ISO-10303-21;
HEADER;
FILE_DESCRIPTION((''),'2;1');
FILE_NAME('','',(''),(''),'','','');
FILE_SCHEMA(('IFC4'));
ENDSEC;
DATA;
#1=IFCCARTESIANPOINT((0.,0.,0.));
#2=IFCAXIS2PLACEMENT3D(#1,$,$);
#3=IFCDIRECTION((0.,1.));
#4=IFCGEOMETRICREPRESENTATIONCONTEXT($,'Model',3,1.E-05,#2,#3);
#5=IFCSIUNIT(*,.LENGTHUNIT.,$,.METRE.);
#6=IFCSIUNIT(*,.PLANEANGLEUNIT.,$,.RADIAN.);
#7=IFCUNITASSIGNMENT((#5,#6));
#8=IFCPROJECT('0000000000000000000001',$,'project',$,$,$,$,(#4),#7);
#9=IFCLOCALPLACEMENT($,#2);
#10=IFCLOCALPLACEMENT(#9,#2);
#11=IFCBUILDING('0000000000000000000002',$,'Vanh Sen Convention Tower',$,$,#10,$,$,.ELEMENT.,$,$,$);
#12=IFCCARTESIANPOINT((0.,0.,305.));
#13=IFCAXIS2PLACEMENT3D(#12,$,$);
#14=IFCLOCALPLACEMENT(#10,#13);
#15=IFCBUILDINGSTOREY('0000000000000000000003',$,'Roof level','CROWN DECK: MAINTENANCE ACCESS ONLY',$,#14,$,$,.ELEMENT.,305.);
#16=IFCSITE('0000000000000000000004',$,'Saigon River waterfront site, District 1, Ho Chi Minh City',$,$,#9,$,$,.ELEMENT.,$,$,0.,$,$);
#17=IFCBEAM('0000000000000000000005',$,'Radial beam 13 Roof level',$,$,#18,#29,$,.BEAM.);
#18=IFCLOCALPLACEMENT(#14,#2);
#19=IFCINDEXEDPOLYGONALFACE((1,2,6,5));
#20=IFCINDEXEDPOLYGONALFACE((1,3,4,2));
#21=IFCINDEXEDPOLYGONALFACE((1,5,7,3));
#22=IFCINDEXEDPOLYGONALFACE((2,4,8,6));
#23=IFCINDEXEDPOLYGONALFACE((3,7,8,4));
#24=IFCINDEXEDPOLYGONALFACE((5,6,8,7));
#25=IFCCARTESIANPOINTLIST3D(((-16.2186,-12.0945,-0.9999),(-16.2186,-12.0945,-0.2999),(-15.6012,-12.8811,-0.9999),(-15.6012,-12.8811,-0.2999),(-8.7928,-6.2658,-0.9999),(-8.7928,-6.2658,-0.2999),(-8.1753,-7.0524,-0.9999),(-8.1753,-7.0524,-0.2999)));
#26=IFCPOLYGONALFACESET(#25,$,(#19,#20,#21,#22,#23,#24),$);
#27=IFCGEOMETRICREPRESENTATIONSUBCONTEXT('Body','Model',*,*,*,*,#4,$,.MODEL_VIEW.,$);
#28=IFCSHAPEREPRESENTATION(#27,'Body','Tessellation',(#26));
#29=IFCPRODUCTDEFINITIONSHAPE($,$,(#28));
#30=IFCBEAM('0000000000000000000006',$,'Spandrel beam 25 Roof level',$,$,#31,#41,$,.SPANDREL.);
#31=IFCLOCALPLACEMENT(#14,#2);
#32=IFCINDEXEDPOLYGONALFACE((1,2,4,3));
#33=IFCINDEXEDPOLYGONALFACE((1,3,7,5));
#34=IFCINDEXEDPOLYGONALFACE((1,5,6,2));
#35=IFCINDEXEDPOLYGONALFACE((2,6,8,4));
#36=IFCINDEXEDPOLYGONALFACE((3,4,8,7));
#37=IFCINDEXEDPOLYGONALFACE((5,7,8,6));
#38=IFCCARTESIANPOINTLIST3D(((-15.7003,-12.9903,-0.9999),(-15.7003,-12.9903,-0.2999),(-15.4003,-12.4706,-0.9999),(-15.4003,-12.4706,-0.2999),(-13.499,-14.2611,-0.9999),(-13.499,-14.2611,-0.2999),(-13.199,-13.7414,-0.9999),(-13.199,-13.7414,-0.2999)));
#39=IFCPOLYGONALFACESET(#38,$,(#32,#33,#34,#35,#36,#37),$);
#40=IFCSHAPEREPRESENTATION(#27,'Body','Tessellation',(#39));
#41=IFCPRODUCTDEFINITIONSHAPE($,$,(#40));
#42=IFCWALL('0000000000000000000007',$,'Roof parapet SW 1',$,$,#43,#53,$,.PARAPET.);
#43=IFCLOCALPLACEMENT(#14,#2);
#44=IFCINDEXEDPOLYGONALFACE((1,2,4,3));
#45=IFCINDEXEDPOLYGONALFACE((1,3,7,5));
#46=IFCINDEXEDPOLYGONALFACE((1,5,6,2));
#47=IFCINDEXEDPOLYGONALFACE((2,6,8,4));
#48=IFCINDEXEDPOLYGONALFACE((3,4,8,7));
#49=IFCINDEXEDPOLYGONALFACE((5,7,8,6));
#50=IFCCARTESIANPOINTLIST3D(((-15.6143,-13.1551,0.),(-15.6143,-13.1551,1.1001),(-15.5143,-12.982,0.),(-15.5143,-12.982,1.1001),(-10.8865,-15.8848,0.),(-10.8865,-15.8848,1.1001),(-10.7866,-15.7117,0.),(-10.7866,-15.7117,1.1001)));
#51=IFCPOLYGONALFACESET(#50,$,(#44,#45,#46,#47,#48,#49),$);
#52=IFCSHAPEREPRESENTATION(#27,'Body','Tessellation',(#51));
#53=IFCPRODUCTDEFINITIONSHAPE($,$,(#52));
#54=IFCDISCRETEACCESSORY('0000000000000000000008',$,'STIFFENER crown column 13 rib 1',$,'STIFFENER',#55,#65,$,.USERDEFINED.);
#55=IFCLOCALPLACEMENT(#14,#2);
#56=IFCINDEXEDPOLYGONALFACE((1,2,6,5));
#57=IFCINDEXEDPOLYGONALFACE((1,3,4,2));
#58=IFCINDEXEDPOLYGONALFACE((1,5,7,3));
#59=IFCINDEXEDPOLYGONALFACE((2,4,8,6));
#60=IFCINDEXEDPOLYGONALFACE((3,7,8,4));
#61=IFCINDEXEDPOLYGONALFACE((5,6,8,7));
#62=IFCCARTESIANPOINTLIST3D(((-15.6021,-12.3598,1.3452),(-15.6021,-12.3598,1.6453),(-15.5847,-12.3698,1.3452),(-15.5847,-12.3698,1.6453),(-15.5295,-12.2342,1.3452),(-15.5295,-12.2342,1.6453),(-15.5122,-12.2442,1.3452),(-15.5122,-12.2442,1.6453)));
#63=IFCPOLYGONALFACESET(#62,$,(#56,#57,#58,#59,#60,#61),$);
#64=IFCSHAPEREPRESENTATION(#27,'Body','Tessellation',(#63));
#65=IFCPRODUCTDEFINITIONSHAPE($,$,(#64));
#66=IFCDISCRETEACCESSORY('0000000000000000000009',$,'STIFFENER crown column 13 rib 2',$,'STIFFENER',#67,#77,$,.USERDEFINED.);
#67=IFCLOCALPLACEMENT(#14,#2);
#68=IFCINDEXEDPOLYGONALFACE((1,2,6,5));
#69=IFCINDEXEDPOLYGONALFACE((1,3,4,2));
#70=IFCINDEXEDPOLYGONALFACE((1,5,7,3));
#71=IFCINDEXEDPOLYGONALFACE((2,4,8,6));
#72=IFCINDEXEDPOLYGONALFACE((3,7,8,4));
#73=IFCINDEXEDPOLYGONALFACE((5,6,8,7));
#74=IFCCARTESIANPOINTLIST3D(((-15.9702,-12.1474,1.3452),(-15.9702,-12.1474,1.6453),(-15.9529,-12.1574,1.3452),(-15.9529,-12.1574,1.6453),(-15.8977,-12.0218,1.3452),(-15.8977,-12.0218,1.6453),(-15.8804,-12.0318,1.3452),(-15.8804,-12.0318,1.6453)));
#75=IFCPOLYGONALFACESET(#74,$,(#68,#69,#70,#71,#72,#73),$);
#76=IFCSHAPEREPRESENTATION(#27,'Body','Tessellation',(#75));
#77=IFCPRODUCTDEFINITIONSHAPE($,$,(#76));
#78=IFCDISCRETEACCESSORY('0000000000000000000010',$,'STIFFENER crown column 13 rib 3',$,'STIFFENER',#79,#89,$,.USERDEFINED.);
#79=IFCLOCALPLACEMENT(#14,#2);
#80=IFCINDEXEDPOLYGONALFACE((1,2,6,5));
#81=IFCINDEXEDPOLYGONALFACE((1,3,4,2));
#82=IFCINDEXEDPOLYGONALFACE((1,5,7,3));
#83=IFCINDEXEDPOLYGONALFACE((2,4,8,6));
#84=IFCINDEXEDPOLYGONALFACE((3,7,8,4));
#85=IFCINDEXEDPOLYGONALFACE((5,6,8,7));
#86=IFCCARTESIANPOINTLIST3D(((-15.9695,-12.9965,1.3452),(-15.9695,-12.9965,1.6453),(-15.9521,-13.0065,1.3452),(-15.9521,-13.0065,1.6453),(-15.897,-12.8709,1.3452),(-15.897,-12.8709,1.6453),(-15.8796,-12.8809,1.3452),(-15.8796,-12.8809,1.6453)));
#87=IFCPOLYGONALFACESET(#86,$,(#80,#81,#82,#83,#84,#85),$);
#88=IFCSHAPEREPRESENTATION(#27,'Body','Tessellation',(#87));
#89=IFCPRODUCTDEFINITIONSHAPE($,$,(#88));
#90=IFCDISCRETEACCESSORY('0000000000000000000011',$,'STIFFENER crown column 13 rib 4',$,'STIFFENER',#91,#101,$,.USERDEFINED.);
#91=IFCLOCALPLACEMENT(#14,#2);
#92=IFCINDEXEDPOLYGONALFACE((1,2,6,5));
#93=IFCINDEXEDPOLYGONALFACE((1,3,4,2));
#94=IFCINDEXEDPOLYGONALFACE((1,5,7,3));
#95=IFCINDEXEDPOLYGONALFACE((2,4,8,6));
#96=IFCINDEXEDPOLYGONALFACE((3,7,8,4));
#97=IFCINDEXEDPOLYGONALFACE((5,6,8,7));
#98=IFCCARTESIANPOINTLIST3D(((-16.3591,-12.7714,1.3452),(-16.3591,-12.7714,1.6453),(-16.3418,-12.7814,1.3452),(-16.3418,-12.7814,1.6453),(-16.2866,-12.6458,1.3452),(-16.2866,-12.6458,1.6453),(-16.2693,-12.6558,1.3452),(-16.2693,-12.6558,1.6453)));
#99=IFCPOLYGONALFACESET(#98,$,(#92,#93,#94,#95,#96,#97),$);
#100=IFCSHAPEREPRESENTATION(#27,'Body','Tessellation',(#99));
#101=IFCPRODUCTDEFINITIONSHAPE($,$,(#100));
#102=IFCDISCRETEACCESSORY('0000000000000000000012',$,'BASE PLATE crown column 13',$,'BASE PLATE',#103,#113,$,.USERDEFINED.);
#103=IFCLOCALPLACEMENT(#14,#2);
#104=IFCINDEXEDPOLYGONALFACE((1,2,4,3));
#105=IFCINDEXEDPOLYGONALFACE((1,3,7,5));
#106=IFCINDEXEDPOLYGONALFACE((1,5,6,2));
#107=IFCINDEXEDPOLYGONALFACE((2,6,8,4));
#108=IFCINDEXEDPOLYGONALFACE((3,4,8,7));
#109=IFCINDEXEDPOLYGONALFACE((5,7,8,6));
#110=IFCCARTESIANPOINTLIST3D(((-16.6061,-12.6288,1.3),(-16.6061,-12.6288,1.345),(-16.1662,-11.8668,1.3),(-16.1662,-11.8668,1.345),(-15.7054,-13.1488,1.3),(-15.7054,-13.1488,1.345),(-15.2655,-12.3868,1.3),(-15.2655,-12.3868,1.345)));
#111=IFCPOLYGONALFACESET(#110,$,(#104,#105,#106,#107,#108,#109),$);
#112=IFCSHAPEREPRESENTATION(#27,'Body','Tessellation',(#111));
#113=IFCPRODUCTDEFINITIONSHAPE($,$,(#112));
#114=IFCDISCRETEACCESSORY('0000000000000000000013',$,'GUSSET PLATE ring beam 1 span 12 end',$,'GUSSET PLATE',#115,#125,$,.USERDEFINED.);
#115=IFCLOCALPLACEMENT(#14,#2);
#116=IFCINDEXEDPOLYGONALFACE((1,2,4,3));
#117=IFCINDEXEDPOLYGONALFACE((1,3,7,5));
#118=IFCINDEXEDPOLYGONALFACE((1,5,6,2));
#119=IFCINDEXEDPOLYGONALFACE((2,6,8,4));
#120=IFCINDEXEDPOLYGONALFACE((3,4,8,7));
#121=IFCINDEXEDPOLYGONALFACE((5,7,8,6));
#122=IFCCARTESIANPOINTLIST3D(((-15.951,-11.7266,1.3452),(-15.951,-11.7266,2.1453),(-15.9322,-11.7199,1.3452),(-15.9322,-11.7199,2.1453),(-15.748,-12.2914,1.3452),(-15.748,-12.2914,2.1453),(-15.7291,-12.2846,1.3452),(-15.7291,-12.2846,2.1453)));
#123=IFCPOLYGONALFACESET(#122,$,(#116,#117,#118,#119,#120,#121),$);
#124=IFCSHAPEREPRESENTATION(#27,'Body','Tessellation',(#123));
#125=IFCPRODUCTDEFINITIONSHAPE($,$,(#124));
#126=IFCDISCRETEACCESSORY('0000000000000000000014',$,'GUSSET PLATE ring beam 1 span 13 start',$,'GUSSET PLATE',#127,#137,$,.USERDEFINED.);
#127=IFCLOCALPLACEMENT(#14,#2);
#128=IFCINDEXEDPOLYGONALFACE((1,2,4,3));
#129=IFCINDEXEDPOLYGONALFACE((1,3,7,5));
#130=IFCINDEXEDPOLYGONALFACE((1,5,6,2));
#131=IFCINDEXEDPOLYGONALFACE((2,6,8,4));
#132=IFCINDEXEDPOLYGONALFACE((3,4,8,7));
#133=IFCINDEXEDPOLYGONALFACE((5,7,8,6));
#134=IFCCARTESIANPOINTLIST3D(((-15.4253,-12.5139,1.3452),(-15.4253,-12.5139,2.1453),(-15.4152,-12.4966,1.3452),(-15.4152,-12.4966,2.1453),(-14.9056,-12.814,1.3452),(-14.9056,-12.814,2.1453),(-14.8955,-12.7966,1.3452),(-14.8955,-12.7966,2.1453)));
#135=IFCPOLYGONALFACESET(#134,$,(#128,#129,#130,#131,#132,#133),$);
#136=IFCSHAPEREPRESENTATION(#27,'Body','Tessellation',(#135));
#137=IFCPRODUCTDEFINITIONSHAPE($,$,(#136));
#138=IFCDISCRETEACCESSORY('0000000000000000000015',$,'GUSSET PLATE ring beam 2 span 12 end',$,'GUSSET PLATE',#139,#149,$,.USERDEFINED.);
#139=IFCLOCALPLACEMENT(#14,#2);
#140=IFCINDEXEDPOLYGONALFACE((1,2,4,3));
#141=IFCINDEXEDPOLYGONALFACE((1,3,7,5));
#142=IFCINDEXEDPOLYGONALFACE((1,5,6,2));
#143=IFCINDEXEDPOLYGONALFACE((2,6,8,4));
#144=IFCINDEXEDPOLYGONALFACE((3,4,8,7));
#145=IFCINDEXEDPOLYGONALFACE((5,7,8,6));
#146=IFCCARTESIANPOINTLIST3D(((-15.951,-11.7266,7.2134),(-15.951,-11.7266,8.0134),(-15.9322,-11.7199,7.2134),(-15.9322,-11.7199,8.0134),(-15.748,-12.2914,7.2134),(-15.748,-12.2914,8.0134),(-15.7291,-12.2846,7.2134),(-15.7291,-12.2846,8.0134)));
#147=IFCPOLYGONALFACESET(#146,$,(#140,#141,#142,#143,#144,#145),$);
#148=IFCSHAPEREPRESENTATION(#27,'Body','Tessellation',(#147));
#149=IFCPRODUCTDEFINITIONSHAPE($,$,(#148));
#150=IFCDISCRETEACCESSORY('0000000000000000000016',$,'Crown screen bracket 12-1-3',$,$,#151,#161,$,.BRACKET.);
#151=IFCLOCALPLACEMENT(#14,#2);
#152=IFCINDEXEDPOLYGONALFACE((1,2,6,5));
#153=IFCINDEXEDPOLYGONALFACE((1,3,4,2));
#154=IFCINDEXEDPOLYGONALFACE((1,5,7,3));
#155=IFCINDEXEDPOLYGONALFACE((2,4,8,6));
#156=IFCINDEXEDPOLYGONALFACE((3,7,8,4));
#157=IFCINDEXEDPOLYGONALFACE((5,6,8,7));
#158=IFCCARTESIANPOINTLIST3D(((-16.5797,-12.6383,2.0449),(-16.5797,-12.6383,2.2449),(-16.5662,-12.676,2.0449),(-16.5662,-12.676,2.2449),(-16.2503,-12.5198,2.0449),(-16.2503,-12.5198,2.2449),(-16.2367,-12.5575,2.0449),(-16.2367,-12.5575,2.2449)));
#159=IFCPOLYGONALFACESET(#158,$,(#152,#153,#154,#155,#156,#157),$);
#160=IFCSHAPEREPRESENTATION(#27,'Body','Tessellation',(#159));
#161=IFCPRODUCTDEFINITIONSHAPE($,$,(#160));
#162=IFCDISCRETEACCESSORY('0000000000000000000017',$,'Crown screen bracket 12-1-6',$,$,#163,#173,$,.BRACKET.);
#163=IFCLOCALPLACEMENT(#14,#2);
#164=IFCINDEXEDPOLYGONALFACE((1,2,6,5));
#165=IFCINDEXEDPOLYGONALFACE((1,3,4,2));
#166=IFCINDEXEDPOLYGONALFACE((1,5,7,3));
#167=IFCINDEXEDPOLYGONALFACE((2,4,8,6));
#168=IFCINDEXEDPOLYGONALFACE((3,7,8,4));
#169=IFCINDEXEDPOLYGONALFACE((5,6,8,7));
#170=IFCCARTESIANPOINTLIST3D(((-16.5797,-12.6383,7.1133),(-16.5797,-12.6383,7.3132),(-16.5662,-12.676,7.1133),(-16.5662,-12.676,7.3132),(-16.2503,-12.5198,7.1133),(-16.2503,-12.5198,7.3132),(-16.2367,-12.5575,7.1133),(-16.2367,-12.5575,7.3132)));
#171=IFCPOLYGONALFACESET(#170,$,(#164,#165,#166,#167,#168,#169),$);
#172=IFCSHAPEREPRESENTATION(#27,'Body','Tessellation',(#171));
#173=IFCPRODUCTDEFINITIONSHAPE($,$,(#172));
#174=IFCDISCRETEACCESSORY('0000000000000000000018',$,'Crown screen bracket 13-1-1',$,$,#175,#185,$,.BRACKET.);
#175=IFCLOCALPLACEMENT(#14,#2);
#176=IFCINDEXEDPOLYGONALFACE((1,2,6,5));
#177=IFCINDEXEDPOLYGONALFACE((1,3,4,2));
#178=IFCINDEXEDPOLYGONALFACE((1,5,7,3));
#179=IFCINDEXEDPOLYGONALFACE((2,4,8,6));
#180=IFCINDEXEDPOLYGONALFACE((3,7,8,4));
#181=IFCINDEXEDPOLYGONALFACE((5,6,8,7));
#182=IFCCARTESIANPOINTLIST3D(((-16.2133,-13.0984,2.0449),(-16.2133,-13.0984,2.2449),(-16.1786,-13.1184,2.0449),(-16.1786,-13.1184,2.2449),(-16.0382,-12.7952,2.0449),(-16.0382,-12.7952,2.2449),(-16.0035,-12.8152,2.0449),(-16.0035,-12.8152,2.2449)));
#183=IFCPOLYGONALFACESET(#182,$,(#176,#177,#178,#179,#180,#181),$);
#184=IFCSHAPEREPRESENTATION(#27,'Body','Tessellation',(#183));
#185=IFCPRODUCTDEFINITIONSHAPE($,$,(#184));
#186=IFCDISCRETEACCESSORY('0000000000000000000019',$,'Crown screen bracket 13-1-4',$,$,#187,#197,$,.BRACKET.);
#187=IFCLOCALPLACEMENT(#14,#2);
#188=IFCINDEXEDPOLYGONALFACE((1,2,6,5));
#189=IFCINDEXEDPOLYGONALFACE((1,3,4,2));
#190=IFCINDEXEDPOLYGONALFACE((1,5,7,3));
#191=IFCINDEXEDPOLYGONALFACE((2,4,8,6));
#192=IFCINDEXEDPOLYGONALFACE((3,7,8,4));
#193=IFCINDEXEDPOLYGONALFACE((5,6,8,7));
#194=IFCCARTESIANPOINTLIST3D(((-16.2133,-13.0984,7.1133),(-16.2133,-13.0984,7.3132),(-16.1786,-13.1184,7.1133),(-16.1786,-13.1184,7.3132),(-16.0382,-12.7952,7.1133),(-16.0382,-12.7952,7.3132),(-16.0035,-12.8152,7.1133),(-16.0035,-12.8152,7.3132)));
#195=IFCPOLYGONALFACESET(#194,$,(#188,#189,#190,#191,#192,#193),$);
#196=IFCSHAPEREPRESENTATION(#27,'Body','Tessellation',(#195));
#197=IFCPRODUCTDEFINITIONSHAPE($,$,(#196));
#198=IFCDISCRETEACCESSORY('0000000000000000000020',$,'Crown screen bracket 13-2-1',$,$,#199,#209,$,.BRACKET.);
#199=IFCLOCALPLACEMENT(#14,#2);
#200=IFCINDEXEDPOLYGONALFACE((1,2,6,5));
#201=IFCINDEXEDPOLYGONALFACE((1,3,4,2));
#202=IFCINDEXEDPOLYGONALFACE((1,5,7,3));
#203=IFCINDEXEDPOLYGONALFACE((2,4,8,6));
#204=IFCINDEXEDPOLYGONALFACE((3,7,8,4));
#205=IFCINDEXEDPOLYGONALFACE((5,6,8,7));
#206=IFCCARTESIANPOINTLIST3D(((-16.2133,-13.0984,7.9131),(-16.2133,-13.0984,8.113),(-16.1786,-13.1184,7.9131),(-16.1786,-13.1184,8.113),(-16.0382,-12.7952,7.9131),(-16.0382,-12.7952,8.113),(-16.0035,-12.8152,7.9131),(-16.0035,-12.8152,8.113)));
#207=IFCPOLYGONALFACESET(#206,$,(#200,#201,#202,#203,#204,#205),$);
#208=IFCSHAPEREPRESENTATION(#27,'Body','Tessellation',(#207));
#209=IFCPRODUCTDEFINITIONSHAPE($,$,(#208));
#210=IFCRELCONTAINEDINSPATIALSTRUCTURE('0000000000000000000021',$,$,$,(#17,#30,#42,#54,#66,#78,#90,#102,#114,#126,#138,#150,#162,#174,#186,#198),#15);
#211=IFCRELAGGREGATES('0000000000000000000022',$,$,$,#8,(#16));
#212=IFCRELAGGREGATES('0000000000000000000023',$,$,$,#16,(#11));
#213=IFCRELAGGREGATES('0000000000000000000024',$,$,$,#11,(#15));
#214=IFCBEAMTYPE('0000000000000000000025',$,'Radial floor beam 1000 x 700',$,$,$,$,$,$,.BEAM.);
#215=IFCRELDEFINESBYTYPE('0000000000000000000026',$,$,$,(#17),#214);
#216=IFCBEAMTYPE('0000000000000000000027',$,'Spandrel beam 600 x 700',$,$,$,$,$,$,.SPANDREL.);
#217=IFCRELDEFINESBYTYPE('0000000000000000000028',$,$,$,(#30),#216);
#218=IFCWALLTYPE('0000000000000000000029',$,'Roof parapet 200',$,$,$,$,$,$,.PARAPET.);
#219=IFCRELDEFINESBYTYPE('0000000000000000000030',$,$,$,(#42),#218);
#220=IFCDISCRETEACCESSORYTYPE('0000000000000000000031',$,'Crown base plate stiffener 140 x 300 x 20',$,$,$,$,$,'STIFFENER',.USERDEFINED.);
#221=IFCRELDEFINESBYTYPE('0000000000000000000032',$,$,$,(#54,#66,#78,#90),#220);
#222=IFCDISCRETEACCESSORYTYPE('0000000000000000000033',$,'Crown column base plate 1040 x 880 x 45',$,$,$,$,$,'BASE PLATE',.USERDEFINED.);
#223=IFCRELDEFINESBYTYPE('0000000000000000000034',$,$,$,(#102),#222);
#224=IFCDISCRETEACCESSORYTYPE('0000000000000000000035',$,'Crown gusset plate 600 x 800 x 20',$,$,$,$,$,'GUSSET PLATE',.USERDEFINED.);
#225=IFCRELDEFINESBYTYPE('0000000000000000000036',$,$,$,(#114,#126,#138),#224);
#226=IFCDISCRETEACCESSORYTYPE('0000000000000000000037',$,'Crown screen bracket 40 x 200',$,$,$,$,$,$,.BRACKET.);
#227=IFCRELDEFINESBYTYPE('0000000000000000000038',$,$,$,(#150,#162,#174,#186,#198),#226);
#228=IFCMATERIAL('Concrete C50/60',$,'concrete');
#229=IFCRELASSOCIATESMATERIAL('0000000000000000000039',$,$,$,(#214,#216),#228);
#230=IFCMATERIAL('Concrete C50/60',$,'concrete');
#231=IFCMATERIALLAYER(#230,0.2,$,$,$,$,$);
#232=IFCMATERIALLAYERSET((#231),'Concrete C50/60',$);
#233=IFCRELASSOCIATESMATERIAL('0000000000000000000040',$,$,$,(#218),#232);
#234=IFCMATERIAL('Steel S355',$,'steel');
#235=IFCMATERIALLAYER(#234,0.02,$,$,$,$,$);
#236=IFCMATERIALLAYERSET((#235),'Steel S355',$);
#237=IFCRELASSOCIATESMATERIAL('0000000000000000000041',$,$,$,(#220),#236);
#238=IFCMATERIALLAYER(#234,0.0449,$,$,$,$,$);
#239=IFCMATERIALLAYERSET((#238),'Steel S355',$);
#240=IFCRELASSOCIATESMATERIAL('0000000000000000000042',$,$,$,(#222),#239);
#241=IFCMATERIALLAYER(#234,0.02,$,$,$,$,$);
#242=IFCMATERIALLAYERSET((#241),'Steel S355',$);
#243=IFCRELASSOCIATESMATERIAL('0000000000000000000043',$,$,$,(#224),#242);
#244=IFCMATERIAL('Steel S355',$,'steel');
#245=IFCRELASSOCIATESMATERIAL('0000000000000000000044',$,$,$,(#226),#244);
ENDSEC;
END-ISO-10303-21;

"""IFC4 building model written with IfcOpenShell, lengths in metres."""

from ifc_helpers import new_model, si_unit, direction, frame, frame_2d, origin, origin_2d, place, context, subcontext, project, spatial, rectangle, extrude, material, layer, layer_set, material_profile, profile_set, type_object, element, save


model = new_model("IFC4")

# Units and contexts
model_context = context("Model", 3, precision=1e-05, world=origin(), true_north=direction((0.0, 1.0)))
body_context = subcontext(model_context, "Body", "Model", "MODEL_VIEW")
ifc_project = project(units=[si_unit("LENGTHUNIT", "METRE"), si_unit("PLANEANGLEUNIT", "RADIAN")], contexts=[model_context])

# Site, building, storey
site_placement = place(None, origin())
site = spatial("IfcSite", under=ifc_project, at=site_placement, Name="Saigon River waterfront site, District 1, Ho Chi Minh City", CompositionType="ELEMENT", RefElevation=0.0)
building_placement = place(site_placement, origin())
building = spatial("IfcBuilding", under=site, at=building_placement, Name="Vanh Sen Convention Tower", CompositionType="ELEMENT")
storey_placement = place(building_placement, frame((0.0, 0.0, 305.0)))
storey = spatial("IfcBuildingStorey", under=building, at=storey_placement, Name="Roof level", Description="CROWN DECK: MAINTENANCE ACCESS ONLY", CompositionType="ELEMENT", Elevation=305.0)

# Beams
ifc_material_1 = material(Name="Concrete C50/60", Category="concrete")
ifc_material_profile_1 = material_profile(ifc_material_1, rectangle(XDim=1.0, YDim=0.7, at=origin_2d()), Name="RC 1000X700")
ifc_profile_set_1 = profile_set([ifc_material_profile_1], Name="Concrete C50/60")
beam_type_1 = type_object("IfcBeamType", Name="Radial floor beam 1000 x 700", PredefinedType="BEAM", material=ifc_profile_set_1)
beam_1_placement = place(storey_placement, frame((-15.9099, -12.4878, -0.6499), z_axis=(0.786623, 0.617433, 0.0), x_axis=(-0.617433, 0.786623, 0.0)))
element("IfcBeam", 1, at=beam_1_placement, inside=storey, type_object=beam_type_1, Name="Radial beam 13 Roof level", PredefinedType="BEAM", context=body_context, shape_type="SweptSolid", body=[
    extrude(rectangle(XDim=1.0, YDim=0.7, at=origin_2d()), origin(), (0.0, 0.0, 1.0), 9.4402),
])
ifc_material_profile_2 = material_profile(ifc_material_1, rectangle(XDim=0.6001, YDim=0.7, at=origin_2d()), Name="RC 600X700")
ifc_profile_set_2 = profile_set([ifc_material_profile_2], Name="Concrete C50/60")
beam_type_2 = type_object("IfcBeamType", Name="Spandrel beam 600 x 700", PredefinedType="SPANDREL", material=ifc_profile_set_2)
beam_2_placement = place(storey_placement, frame((-15.5503, -12.7305, -0.6499), z_axis=(0.866042, -0.499972, 0.0), x_axis=(0.499972, 0.866042, 0.0)))
element("IfcBeam", 2, at=beam_2_placement, inside=storey, type_object=beam_type_2, Name="Spandrel beam 25 Roof level", PredefinedType="SPANDREL", context=body_context, shape_type="SweptSolid", body=[
    extrude(rectangle(XDim=0.6001, YDim=0.7, at=origin_2d()), origin(), (0.0, 0.0, 1.0), 2.5417),
])

# Wall
ifc_material_2 = material(Name="Concrete C50/60", Category="concrete")
ifc_layer_1 = layer(ifc_material_2, 0.2)
ifc_layer_set_1 = layer_set([ifc_layer_1], Name="Concrete C50/60")
wall_type = type_object("IfcWallType", Name="Roof parapet 200", PredefinedType="PARAPET", material=ifc_layer_set_1)
wall_placement = place(storey_placement, frame((-15.5642, -13.0686, 0.0), z_axis=(0.0, 0.0, 1.0), x_axis=(0.866014, -0.500021, 0.0)))
element("IfcWall", 3, at=wall_placement, inside=storey, type_object=wall_type, Name="Roof parapet SW 1", PredefinedType="PARAPET", context=body_context, shape_type="SweptSolid", body=[
    extrude(rectangle(XDim=5.4592, YDim=0.2, at=frame_2d((2.7295, 0.0))), origin(), (0.0, 0.0, 1.0), 1.1001),
])

# Discrete accessories
ifc_material_3 = material(Name="Steel S355", Category="steel")
ifc_layer_2 = layer(ifc_material_3, 0.02)
ifc_layer_set_2 = layer_set([ifc_layer_2], Name="Steel S355")
discrete_accessory_type_1 = type_object("IfcDiscreteAccessoryType", Name="Crown base plate stiffener 140 x 300 x 20", ElementType="STIFFENER", PredefinedType="USERDEFINED", material=ifc_layer_set_2)
for number, where, z_axis, x_axis, name in (
    (4, (-15.5571, -12.302, 1.3452), (0.0, 0.0, 1.0), (0.5, 0.866025, 0.0), "STIFFENER crown column 13 rib 1"),
    (5, (-15.9253, -12.0896, 1.3452), (0.0, 0.0, 1.0), (0.5, 0.866025, 0.0), "STIFFENER crown column 13 rib 2"),
    (6, (-15.9246, -12.9387, 1.3452), (0.0, 0.0, 1.0), (0.5, 0.866025, 0.0), "STIFFENER crown column 13 rib 3"),
    (7, (-16.3142, -12.7136, 1.3452), (0.0, 0.0, 1.0), (0.5, 0.866025, 0.0), "STIFFENER crown column 13 rib 4"),
):
    element("IfcDiscreteAccessory", number, at=place(storey_placement, frame(where, z_axis=z_axis, x_axis=x_axis)), inside=storey, type_object=discrete_accessory_type_1, Name=name, ObjectType="STIFFENER", PredefinedType="USERDEFINED", context=body_context, shape_type="SweptSolid", body=[
        extrude(rectangle(XDim=0.145, YDim=0.02, at=origin_2d()), origin(), (0.0, 0.0, 1.0), 0.3),
    ])
ifc_layer_3 = layer(ifc_material_3, 0.0449)
ifc_layer_set_3 = layer_set([ifc_layer_3], Name="Steel S355")
discrete_accessory_type_2 = type_object("IfcDiscreteAccessoryType", Name="Crown column base plate 1040 x 880 x 45", ElementType="BASE PLATE", PredefinedType="USERDEFINED", material=ifc_layer_set_3)
discrete_accessory_placement = place(storey_placement, frame((-15.9358, -12.5078, 1.3), z_axis=(0.0, 0.0, 1.0), x_axis=(0.866025, -0.5, 0.0)))
element("IfcDiscreteAccessory", 8, at=discrete_accessory_placement, inside=storey, type_object=discrete_accessory_type_2, Name="BASE PLATE crown column 13", ObjectType="BASE PLATE", PredefinedType="USERDEFINED", context=body_context, shape_type="SweptSolid", body=[
    extrude(rectangle(XDim=1.04, YDim=0.8799, at=origin_2d()), origin(), (0.0, 0.0, 1.0), 0.0449),
])
ifc_layer_4 = layer(ifc_material_3, 0.02)
ifc_layer_set_4 = layer_set([ifc_layer_4], Name="Steel S355")
discrete_accessory_type_3 = type_object("IfcDiscreteAccessoryType", Name="Crown gusset plate 600 x 800 x 20", ElementType="GUSSET PLATE", PredefinedType="USERDEFINED", material=ifc_layer_set_4)
for number, where, z_axis, x_axis, name in (
    (9, (-15.8401, -12.0056, 1.3452), (0.0, 0.0, 1.0), (-0.338349, 0.941021, 0.0), "GUSSET PLATE ring beam 1 span 12 end"),
    (10, (-15.1604, -12.6553, 1.3452), (0.0, 0.0, 1.0), (0.866023, -0.500005, 0.0), "GUSSET PLATE ring beam 1 span 13 start"),
    (11, (-15.8401, -12.0056, 7.2134), (0.0, 0.0, 1.0), (-0.338349, 0.941021, 0.0), "GUSSET PLATE ring beam 2 span 12 end"),
):
    element("IfcDiscreteAccessory", number, at=place(storey_placement, frame(where, z_axis=z_axis, x_axis=x_axis)), inside=storey, type_object=discrete_accessory_type_3, Name=name, ObjectType="GUSSET PLATE", PredefinedType="USERDEFINED", context=body_context, shape_type="SweptSolid", body=[
        extrude(rectangle(XDim=0.6001, YDim=0.02, at=origin_2d()), origin(), (0.0, 0.0, 1.0), 0.8),
    ])
ifc_material_4 = material(Name="Steel S355", Category="steel")
discrete_accessory_type_4 = type_object("IfcDiscreteAccessoryType", Name="Crown screen bracket 40 x 200", PredefinedType="BRACKET", material=ifc_material_4)
for number, where, z_axis, x_axis, name in (
    (12, (-16.4082, -12.5979, 2.0449), (0.0, 0.0, 1.0), (-0.941021, -0.338349, 0.0), "Crown screen bracket 12-1-3"),
    (13, (-16.4082, -12.5979, 7.1133), (0.0, 0.0, 1.0), (-0.941021, -0.338349, 0.0), "Crown screen bracket 12-1-6"),
    (14, (-16.1084, -12.9568, 2.0449), (0.0, 0.0, 1.0), (-0.500005, -0.866023, 0.0), "Crown screen bracket 13-1-1"),
    (15, (-16.1084, -12.9568, 7.1133), (0.0, 0.0, 1.0), (-0.500005, -0.866023, 0.0), "Crown screen bracket 13-1-4"),
    (16, (-16.1084, -12.9568, 7.9131), (0.0, 0.0, 1.0), (-0.500005, -0.866023, 0.0), "Crown screen bracket 13-2-1"),
):
    element("IfcDiscreteAccessory", number, at=place(storey_placement, frame(where, z_axis=z_axis, x_axis=x_axis)), inside=storey, type_object=discrete_accessory_type_4, Name=name, PredefinedType="BRACKET", context=body_context, shape_type="SweptSolid", body=[
        extrude(rectangle(XDim=0.3501, YDim=0.04, at=origin_2d()), origin(), (0.0, 0.0, 1.0), 0.2),
    ])

save(model, "model.ifc")
